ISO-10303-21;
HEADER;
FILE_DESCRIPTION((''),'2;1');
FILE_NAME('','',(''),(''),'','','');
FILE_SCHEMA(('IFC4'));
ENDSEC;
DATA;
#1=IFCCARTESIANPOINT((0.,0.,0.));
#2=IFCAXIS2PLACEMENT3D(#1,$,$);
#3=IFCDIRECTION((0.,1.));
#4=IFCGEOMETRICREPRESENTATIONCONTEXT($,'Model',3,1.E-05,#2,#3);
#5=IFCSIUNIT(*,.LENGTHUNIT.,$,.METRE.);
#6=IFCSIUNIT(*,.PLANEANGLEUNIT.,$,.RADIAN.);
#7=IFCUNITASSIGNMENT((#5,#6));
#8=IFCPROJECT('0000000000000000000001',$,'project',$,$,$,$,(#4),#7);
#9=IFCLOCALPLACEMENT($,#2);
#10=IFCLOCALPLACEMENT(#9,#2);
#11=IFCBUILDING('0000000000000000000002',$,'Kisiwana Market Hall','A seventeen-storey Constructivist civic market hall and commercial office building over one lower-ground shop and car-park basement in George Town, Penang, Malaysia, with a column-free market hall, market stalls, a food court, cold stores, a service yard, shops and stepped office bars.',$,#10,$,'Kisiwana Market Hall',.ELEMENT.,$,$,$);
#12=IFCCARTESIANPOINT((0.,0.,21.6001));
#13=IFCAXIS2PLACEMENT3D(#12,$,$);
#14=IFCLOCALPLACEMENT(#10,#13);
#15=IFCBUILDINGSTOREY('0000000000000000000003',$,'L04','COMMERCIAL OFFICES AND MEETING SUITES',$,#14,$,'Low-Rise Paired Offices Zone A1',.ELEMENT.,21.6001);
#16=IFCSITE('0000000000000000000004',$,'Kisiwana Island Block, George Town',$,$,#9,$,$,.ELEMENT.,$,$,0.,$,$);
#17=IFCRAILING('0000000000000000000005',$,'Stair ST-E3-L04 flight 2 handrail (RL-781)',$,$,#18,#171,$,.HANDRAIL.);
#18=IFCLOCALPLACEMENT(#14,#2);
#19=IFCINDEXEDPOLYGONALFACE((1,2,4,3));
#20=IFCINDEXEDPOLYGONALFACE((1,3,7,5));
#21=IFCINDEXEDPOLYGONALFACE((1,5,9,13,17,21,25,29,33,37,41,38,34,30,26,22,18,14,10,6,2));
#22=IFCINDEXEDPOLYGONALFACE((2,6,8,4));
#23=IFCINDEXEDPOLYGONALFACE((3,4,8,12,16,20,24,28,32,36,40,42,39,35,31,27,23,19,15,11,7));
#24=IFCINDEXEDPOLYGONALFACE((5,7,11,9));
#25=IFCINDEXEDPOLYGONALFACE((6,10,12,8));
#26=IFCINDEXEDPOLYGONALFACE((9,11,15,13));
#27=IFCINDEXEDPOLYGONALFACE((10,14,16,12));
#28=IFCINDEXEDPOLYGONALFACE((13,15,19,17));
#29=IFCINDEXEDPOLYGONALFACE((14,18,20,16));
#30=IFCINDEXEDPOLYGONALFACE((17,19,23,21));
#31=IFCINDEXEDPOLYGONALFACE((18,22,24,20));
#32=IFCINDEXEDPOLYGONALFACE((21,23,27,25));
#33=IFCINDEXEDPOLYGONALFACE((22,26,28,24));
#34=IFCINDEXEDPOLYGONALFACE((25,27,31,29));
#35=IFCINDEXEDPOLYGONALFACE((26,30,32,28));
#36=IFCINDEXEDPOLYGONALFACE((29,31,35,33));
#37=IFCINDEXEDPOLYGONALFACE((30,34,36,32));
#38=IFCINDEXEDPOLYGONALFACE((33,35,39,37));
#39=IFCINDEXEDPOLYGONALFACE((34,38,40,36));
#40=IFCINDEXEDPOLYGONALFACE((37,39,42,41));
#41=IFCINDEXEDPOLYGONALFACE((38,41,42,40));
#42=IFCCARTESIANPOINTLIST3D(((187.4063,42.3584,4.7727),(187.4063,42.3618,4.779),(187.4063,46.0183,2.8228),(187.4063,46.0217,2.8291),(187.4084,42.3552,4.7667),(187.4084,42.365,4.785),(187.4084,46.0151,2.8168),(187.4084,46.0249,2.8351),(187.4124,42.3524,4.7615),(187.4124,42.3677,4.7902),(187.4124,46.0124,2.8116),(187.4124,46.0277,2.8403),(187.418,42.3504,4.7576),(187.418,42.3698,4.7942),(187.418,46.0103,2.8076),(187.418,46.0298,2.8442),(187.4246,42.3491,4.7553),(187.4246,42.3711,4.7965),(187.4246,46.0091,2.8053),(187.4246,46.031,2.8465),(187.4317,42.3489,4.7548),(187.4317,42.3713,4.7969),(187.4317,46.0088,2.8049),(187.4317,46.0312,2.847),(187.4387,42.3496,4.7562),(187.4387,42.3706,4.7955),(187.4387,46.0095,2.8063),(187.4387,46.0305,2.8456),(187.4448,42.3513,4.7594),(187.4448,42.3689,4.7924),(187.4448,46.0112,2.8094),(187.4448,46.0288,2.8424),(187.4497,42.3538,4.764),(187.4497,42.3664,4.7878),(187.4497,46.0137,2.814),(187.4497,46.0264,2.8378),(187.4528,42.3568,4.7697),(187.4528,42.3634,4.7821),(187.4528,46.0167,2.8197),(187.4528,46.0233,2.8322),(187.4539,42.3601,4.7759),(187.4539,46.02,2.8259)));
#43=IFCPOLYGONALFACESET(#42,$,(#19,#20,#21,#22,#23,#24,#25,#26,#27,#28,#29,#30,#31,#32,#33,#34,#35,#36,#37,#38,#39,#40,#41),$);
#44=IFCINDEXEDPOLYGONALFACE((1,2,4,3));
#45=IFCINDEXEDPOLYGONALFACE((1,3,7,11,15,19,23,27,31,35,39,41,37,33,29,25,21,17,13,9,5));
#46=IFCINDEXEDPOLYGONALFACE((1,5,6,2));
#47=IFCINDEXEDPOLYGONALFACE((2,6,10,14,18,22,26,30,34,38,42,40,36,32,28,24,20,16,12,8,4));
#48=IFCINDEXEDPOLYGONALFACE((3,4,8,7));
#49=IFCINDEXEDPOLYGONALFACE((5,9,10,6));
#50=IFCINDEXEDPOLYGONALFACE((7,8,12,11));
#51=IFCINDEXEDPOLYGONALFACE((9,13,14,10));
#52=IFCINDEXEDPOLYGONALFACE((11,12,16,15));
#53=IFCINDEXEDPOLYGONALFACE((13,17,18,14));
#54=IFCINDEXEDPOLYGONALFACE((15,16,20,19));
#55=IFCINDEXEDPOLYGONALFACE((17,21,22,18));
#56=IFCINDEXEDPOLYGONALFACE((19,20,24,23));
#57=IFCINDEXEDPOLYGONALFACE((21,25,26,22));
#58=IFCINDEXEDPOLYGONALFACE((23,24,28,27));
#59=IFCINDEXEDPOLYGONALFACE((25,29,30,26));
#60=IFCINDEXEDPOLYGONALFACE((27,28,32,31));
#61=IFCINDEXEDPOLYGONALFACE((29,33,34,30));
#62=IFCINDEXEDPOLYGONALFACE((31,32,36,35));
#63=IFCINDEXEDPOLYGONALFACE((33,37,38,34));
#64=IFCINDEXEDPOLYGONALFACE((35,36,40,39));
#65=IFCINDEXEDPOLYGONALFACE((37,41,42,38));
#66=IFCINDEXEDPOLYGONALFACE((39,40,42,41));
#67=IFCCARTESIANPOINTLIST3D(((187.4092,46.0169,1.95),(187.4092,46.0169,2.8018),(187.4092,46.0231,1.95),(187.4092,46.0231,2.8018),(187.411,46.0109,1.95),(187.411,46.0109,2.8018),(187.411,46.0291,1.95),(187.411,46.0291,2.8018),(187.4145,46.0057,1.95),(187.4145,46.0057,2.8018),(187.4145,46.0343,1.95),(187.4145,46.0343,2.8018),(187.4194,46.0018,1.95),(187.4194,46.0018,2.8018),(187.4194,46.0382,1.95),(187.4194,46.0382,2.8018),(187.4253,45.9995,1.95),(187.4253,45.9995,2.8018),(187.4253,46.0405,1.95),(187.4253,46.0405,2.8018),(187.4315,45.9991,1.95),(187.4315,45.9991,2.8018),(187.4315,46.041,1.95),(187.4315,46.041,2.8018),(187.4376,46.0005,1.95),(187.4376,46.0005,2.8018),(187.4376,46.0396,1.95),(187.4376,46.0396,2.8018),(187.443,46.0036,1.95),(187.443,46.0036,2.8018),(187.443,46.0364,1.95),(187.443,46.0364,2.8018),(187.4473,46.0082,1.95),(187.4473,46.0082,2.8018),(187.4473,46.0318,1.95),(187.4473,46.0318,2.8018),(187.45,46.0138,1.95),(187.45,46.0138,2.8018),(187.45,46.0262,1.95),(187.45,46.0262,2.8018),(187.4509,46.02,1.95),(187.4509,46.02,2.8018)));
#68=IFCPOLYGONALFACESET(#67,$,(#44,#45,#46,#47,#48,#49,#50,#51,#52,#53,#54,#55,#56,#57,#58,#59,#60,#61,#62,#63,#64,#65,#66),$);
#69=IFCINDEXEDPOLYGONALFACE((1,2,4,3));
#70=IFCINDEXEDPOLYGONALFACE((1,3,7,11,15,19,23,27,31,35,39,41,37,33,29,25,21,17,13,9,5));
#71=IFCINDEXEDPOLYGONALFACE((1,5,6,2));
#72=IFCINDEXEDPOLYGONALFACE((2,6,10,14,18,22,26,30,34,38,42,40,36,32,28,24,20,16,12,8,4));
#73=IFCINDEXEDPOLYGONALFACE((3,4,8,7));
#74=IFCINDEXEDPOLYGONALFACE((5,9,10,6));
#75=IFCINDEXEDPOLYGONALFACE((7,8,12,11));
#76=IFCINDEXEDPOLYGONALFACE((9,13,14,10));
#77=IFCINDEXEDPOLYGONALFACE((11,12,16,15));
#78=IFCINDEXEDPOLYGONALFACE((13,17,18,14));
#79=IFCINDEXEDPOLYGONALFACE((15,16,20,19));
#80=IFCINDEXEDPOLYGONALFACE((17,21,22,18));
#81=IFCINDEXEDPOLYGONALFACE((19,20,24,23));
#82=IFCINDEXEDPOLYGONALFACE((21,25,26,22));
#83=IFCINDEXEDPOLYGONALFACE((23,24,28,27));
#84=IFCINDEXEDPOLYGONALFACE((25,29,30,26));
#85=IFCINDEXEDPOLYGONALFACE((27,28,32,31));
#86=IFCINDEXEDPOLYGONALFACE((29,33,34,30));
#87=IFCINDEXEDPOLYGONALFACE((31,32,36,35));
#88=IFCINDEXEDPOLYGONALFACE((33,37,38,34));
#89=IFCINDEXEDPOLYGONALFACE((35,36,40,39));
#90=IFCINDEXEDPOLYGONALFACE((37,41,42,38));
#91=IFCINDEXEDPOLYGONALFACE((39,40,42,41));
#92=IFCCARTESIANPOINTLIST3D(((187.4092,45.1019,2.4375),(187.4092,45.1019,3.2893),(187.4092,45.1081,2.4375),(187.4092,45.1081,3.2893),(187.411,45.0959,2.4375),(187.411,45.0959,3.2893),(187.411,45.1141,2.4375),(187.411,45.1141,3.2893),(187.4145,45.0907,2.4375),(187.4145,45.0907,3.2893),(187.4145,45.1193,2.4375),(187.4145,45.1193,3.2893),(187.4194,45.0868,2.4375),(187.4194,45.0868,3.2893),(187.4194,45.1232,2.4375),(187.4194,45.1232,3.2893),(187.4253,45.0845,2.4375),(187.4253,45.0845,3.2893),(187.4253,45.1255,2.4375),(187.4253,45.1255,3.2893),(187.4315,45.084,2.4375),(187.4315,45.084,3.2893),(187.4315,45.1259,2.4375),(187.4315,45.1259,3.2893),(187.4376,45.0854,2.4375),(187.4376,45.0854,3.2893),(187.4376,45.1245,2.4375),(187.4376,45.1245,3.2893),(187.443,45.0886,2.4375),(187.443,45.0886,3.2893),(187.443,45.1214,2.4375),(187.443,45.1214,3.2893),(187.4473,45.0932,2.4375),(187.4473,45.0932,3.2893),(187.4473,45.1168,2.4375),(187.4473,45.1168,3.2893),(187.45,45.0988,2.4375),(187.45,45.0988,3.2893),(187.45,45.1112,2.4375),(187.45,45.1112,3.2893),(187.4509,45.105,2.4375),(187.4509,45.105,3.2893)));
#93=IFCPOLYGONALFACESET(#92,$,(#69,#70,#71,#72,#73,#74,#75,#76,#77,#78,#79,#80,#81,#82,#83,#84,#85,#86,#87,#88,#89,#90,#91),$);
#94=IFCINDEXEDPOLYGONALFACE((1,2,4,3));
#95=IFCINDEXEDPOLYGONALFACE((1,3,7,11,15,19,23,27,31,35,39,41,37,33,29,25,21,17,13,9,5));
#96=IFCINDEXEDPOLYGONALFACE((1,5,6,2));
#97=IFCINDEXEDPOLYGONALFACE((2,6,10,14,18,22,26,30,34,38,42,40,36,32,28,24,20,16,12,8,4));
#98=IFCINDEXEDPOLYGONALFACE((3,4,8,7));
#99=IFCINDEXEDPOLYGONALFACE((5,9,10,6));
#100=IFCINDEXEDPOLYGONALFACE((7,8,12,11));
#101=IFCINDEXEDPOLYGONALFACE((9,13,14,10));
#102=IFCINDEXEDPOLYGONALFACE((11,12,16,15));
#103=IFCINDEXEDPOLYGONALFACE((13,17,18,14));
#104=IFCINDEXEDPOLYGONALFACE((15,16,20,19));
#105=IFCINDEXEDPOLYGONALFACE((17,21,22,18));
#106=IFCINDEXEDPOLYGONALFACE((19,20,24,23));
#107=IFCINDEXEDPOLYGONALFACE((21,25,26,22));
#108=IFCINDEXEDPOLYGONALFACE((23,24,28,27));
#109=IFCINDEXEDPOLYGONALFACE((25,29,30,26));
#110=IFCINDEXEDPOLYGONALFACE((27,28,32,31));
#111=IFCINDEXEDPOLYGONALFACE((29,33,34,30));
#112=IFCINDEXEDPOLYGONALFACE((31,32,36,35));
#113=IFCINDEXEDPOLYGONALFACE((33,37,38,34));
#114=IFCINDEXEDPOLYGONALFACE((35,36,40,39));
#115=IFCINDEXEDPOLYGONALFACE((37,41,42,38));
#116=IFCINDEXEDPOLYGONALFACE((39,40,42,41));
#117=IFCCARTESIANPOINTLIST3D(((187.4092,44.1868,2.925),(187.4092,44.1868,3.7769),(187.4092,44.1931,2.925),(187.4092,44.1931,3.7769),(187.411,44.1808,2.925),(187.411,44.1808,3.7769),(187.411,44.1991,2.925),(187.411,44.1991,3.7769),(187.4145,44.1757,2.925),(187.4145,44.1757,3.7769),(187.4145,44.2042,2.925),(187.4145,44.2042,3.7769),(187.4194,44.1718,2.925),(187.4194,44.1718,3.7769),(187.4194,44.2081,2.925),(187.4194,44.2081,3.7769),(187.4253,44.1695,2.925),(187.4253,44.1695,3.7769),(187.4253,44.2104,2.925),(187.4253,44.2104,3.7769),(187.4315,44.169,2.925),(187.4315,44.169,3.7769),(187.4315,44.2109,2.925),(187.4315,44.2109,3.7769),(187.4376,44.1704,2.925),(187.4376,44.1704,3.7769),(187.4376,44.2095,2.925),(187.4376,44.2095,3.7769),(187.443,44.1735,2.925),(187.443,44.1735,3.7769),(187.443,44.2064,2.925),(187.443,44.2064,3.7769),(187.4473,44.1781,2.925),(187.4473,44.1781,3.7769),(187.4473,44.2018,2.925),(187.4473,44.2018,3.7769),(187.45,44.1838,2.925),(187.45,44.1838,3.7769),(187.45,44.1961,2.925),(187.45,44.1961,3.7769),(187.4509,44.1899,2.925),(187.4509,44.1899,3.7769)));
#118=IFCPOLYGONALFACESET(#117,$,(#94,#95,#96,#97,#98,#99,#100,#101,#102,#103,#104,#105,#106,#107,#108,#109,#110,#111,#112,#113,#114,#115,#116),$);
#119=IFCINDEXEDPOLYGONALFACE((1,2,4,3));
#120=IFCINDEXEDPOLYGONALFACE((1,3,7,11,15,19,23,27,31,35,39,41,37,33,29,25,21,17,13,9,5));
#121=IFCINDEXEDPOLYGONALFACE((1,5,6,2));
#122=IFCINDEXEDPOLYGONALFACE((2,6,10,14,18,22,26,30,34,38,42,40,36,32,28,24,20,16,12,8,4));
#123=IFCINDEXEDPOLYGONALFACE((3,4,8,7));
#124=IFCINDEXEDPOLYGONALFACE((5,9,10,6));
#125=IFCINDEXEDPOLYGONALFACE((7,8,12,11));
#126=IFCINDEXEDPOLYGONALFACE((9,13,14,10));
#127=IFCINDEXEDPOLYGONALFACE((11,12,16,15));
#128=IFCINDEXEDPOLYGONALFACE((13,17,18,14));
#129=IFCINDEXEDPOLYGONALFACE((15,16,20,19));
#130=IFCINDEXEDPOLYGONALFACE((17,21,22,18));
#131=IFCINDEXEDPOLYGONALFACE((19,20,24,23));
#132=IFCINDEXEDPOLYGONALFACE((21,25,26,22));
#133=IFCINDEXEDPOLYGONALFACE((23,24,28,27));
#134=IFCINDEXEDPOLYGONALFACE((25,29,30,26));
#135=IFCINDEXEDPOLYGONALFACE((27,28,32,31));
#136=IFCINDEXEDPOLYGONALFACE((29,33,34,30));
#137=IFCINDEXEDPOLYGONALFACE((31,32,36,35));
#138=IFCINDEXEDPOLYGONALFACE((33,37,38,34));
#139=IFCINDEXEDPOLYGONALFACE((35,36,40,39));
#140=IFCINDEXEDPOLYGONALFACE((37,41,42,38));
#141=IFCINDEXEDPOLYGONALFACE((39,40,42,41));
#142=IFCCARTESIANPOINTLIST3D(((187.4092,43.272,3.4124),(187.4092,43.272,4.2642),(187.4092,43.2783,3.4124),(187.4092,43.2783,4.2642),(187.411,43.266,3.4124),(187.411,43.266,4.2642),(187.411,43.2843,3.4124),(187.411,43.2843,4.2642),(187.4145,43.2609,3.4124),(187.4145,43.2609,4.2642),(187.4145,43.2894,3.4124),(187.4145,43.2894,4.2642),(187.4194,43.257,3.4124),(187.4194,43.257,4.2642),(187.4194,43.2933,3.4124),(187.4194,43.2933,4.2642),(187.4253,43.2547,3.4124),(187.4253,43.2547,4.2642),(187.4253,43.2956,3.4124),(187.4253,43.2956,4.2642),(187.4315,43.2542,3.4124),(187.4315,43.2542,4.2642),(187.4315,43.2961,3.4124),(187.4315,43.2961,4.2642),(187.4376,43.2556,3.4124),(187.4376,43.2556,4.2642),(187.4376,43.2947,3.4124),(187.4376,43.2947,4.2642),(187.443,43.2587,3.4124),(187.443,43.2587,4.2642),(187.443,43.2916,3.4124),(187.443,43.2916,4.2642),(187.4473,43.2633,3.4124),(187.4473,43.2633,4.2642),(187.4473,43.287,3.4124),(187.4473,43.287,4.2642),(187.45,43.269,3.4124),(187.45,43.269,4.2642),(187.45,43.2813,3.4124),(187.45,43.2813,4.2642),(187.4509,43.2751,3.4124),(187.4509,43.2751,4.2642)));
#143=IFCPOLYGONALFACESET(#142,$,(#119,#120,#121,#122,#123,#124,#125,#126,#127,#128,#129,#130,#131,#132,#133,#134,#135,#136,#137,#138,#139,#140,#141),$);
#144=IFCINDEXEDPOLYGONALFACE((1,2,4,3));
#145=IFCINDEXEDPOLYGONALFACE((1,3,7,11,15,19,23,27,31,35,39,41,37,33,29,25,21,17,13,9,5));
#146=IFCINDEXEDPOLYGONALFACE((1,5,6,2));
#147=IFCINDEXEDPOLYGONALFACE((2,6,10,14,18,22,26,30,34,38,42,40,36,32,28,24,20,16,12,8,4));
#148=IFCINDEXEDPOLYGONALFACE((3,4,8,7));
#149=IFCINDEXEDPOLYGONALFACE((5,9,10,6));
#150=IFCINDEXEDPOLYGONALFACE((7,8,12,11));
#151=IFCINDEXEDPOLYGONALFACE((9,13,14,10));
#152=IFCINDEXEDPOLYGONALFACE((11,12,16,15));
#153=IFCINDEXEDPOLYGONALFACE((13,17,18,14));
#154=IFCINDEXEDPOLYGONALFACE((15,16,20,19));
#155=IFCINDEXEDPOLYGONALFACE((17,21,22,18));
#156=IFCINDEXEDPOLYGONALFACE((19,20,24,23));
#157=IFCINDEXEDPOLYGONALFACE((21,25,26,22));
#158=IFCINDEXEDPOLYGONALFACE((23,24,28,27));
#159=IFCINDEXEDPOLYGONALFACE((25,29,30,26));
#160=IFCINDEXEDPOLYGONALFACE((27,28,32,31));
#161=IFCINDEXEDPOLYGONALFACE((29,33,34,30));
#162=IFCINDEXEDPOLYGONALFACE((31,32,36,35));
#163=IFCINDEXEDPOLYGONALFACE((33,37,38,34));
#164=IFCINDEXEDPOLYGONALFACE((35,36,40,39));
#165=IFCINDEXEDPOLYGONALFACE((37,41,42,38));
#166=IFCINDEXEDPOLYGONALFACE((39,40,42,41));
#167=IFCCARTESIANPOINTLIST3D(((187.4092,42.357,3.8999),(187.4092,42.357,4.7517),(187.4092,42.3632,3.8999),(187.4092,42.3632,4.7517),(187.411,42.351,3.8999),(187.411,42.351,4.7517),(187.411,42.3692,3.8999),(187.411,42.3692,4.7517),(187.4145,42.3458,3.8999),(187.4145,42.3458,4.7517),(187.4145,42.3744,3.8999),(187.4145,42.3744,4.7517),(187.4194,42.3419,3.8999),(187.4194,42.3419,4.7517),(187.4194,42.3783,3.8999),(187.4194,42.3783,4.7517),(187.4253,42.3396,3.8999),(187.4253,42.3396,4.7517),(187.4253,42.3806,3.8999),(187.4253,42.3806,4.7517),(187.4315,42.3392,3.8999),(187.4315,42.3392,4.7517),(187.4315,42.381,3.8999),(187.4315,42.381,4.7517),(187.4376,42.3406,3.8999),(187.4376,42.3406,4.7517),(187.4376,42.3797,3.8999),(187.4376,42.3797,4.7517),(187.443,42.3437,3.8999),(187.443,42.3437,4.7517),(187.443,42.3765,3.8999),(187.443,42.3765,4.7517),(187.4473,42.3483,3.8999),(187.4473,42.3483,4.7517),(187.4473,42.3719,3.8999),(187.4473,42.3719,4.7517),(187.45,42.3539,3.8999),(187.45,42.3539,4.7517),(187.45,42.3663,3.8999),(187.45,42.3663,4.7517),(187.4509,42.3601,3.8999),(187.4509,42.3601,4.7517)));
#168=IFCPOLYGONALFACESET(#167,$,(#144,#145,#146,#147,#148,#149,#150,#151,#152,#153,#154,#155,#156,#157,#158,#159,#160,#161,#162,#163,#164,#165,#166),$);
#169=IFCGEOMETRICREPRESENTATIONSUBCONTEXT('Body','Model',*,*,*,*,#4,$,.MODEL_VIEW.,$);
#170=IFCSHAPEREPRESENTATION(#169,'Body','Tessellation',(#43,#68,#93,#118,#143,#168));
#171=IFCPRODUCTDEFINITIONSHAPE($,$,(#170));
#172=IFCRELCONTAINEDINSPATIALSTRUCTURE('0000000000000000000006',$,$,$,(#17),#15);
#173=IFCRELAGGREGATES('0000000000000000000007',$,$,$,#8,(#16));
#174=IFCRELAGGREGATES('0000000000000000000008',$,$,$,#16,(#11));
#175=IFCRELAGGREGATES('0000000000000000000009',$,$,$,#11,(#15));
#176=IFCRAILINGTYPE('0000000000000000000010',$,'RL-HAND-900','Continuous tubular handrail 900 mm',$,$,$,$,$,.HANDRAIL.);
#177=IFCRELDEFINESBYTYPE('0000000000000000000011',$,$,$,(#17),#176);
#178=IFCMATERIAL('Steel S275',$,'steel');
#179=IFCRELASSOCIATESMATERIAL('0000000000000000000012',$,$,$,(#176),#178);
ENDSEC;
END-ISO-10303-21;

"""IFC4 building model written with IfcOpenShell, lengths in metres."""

from ifc_helpers import new_model, si_unit, direction, frame, origin, origin_2d, place, context, subcontext, project, spatial, circle, extrude, material, type_object, element, save


model = new_model("IFC4")

# Units and contexts
model_context = context("Model", 3, precision=1e-05, world=origin(), true_north=direction((0.0, 1.0)))
body_context = subcontext(model_context, "Body", "Model", "MODEL_VIEW")
ifc_project = project(units=[si_unit("LENGTHUNIT", "METRE"), si_unit("PLANEANGLEUNIT", "RADIAN")], contexts=[model_context])

# Site, building, storey
site_placement = place(None, origin())
site = spatial("IfcSite", under=ifc_project, at=site_placement, Name="Kisiwana Island Block, George Town", CompositionType="ELEMENT", RefElevation=0.0)
building_placement = place(site_placement, origin())
building = spatial("IfcBuilding", under=site, at=building_placement, Name="Kisiwana Market Hall", Description="A seventeen-storey Constructivist civic market hall and commercial office building over one lower-ground shop and car-park basement in George Town, Penang, Malaysia, with a column-free market hall, market stalls, a food court, cold stores, a service yard, shops and stepped office bars.", LongName="Kisiwana Market Hall", CompositionType="ELEMENT")
storey_placement = place(building_placement, frame((0.0, 0.0, 21.6001)))
storey = spatial("IfcBuildingStorey", under=building, at=storey_placement, Name="L04", Description="COMMERCIAL OFFICES AND MEETING SUITES", LongName="Low-Rise Paired Offices Zone A1", CompositionType="ELEMENT", Elevation=21.6001)

# Railing
ifc_material_1 = material(Name="Steel S275", Category="steel")
railing_type_1 = type_object("IfcRailingType", Name="RL-HAND-900", Description="Continuous tubular handrail 900 mm", PredefinedType="HANDRAIL", material=ifc_material_1)
railing_1_placement = place(storey_placement, frame((187.4299, 46.02, 1.95)))
element("IfcRailing", 1, at=railing_1_placement, inside=storey, type_object=railing_type_1, Name="Stair ST-E3-L04 flight 2 handrail (RL-781)", PredefinedType="HANDRAIL", context=body_context, shape_type="SweptSolid", body=[
    extrude(circle(Radius=0.0239, at=origin_2d()), frame((0.0, 0.0, 0.876), z_axis=(0.0, -0.882553, 0.470212), x_axis=(1.0, 0.0, 0.0)), (0.0, 0.0, 1.0), 4.147),
    extrude(circle(Radius=0.021, at=origin_2d()), origin(), (0.0, 0.0, 1.0), 0.8518),
    extrude(circle(Radius=0.021, at=origin_2d()), frame((0.0, -0.915, 0.4875)), (0.0, 0.0, 1.0), 0.8518),
    extrude(circle(Radius=0.021, at=origin_2d()), frame((0.0, -1.8301, 0.9751)), (0.0, 0.0, 1.0), 0.8518),
    extrude(circle(Radius=0.021, at=origin_2d()), frame((0.0, -2.7449, 1.4624)), (0.0, 0.0, 1.0), 0.8518),
    extrude(circle(Radius=0.021, at=origin_2d()), frame((0.0, -3.6599, 1.95)), (0.0, 0.0, 1.0), 0.8518),
])

save(model, "model.ifc")
